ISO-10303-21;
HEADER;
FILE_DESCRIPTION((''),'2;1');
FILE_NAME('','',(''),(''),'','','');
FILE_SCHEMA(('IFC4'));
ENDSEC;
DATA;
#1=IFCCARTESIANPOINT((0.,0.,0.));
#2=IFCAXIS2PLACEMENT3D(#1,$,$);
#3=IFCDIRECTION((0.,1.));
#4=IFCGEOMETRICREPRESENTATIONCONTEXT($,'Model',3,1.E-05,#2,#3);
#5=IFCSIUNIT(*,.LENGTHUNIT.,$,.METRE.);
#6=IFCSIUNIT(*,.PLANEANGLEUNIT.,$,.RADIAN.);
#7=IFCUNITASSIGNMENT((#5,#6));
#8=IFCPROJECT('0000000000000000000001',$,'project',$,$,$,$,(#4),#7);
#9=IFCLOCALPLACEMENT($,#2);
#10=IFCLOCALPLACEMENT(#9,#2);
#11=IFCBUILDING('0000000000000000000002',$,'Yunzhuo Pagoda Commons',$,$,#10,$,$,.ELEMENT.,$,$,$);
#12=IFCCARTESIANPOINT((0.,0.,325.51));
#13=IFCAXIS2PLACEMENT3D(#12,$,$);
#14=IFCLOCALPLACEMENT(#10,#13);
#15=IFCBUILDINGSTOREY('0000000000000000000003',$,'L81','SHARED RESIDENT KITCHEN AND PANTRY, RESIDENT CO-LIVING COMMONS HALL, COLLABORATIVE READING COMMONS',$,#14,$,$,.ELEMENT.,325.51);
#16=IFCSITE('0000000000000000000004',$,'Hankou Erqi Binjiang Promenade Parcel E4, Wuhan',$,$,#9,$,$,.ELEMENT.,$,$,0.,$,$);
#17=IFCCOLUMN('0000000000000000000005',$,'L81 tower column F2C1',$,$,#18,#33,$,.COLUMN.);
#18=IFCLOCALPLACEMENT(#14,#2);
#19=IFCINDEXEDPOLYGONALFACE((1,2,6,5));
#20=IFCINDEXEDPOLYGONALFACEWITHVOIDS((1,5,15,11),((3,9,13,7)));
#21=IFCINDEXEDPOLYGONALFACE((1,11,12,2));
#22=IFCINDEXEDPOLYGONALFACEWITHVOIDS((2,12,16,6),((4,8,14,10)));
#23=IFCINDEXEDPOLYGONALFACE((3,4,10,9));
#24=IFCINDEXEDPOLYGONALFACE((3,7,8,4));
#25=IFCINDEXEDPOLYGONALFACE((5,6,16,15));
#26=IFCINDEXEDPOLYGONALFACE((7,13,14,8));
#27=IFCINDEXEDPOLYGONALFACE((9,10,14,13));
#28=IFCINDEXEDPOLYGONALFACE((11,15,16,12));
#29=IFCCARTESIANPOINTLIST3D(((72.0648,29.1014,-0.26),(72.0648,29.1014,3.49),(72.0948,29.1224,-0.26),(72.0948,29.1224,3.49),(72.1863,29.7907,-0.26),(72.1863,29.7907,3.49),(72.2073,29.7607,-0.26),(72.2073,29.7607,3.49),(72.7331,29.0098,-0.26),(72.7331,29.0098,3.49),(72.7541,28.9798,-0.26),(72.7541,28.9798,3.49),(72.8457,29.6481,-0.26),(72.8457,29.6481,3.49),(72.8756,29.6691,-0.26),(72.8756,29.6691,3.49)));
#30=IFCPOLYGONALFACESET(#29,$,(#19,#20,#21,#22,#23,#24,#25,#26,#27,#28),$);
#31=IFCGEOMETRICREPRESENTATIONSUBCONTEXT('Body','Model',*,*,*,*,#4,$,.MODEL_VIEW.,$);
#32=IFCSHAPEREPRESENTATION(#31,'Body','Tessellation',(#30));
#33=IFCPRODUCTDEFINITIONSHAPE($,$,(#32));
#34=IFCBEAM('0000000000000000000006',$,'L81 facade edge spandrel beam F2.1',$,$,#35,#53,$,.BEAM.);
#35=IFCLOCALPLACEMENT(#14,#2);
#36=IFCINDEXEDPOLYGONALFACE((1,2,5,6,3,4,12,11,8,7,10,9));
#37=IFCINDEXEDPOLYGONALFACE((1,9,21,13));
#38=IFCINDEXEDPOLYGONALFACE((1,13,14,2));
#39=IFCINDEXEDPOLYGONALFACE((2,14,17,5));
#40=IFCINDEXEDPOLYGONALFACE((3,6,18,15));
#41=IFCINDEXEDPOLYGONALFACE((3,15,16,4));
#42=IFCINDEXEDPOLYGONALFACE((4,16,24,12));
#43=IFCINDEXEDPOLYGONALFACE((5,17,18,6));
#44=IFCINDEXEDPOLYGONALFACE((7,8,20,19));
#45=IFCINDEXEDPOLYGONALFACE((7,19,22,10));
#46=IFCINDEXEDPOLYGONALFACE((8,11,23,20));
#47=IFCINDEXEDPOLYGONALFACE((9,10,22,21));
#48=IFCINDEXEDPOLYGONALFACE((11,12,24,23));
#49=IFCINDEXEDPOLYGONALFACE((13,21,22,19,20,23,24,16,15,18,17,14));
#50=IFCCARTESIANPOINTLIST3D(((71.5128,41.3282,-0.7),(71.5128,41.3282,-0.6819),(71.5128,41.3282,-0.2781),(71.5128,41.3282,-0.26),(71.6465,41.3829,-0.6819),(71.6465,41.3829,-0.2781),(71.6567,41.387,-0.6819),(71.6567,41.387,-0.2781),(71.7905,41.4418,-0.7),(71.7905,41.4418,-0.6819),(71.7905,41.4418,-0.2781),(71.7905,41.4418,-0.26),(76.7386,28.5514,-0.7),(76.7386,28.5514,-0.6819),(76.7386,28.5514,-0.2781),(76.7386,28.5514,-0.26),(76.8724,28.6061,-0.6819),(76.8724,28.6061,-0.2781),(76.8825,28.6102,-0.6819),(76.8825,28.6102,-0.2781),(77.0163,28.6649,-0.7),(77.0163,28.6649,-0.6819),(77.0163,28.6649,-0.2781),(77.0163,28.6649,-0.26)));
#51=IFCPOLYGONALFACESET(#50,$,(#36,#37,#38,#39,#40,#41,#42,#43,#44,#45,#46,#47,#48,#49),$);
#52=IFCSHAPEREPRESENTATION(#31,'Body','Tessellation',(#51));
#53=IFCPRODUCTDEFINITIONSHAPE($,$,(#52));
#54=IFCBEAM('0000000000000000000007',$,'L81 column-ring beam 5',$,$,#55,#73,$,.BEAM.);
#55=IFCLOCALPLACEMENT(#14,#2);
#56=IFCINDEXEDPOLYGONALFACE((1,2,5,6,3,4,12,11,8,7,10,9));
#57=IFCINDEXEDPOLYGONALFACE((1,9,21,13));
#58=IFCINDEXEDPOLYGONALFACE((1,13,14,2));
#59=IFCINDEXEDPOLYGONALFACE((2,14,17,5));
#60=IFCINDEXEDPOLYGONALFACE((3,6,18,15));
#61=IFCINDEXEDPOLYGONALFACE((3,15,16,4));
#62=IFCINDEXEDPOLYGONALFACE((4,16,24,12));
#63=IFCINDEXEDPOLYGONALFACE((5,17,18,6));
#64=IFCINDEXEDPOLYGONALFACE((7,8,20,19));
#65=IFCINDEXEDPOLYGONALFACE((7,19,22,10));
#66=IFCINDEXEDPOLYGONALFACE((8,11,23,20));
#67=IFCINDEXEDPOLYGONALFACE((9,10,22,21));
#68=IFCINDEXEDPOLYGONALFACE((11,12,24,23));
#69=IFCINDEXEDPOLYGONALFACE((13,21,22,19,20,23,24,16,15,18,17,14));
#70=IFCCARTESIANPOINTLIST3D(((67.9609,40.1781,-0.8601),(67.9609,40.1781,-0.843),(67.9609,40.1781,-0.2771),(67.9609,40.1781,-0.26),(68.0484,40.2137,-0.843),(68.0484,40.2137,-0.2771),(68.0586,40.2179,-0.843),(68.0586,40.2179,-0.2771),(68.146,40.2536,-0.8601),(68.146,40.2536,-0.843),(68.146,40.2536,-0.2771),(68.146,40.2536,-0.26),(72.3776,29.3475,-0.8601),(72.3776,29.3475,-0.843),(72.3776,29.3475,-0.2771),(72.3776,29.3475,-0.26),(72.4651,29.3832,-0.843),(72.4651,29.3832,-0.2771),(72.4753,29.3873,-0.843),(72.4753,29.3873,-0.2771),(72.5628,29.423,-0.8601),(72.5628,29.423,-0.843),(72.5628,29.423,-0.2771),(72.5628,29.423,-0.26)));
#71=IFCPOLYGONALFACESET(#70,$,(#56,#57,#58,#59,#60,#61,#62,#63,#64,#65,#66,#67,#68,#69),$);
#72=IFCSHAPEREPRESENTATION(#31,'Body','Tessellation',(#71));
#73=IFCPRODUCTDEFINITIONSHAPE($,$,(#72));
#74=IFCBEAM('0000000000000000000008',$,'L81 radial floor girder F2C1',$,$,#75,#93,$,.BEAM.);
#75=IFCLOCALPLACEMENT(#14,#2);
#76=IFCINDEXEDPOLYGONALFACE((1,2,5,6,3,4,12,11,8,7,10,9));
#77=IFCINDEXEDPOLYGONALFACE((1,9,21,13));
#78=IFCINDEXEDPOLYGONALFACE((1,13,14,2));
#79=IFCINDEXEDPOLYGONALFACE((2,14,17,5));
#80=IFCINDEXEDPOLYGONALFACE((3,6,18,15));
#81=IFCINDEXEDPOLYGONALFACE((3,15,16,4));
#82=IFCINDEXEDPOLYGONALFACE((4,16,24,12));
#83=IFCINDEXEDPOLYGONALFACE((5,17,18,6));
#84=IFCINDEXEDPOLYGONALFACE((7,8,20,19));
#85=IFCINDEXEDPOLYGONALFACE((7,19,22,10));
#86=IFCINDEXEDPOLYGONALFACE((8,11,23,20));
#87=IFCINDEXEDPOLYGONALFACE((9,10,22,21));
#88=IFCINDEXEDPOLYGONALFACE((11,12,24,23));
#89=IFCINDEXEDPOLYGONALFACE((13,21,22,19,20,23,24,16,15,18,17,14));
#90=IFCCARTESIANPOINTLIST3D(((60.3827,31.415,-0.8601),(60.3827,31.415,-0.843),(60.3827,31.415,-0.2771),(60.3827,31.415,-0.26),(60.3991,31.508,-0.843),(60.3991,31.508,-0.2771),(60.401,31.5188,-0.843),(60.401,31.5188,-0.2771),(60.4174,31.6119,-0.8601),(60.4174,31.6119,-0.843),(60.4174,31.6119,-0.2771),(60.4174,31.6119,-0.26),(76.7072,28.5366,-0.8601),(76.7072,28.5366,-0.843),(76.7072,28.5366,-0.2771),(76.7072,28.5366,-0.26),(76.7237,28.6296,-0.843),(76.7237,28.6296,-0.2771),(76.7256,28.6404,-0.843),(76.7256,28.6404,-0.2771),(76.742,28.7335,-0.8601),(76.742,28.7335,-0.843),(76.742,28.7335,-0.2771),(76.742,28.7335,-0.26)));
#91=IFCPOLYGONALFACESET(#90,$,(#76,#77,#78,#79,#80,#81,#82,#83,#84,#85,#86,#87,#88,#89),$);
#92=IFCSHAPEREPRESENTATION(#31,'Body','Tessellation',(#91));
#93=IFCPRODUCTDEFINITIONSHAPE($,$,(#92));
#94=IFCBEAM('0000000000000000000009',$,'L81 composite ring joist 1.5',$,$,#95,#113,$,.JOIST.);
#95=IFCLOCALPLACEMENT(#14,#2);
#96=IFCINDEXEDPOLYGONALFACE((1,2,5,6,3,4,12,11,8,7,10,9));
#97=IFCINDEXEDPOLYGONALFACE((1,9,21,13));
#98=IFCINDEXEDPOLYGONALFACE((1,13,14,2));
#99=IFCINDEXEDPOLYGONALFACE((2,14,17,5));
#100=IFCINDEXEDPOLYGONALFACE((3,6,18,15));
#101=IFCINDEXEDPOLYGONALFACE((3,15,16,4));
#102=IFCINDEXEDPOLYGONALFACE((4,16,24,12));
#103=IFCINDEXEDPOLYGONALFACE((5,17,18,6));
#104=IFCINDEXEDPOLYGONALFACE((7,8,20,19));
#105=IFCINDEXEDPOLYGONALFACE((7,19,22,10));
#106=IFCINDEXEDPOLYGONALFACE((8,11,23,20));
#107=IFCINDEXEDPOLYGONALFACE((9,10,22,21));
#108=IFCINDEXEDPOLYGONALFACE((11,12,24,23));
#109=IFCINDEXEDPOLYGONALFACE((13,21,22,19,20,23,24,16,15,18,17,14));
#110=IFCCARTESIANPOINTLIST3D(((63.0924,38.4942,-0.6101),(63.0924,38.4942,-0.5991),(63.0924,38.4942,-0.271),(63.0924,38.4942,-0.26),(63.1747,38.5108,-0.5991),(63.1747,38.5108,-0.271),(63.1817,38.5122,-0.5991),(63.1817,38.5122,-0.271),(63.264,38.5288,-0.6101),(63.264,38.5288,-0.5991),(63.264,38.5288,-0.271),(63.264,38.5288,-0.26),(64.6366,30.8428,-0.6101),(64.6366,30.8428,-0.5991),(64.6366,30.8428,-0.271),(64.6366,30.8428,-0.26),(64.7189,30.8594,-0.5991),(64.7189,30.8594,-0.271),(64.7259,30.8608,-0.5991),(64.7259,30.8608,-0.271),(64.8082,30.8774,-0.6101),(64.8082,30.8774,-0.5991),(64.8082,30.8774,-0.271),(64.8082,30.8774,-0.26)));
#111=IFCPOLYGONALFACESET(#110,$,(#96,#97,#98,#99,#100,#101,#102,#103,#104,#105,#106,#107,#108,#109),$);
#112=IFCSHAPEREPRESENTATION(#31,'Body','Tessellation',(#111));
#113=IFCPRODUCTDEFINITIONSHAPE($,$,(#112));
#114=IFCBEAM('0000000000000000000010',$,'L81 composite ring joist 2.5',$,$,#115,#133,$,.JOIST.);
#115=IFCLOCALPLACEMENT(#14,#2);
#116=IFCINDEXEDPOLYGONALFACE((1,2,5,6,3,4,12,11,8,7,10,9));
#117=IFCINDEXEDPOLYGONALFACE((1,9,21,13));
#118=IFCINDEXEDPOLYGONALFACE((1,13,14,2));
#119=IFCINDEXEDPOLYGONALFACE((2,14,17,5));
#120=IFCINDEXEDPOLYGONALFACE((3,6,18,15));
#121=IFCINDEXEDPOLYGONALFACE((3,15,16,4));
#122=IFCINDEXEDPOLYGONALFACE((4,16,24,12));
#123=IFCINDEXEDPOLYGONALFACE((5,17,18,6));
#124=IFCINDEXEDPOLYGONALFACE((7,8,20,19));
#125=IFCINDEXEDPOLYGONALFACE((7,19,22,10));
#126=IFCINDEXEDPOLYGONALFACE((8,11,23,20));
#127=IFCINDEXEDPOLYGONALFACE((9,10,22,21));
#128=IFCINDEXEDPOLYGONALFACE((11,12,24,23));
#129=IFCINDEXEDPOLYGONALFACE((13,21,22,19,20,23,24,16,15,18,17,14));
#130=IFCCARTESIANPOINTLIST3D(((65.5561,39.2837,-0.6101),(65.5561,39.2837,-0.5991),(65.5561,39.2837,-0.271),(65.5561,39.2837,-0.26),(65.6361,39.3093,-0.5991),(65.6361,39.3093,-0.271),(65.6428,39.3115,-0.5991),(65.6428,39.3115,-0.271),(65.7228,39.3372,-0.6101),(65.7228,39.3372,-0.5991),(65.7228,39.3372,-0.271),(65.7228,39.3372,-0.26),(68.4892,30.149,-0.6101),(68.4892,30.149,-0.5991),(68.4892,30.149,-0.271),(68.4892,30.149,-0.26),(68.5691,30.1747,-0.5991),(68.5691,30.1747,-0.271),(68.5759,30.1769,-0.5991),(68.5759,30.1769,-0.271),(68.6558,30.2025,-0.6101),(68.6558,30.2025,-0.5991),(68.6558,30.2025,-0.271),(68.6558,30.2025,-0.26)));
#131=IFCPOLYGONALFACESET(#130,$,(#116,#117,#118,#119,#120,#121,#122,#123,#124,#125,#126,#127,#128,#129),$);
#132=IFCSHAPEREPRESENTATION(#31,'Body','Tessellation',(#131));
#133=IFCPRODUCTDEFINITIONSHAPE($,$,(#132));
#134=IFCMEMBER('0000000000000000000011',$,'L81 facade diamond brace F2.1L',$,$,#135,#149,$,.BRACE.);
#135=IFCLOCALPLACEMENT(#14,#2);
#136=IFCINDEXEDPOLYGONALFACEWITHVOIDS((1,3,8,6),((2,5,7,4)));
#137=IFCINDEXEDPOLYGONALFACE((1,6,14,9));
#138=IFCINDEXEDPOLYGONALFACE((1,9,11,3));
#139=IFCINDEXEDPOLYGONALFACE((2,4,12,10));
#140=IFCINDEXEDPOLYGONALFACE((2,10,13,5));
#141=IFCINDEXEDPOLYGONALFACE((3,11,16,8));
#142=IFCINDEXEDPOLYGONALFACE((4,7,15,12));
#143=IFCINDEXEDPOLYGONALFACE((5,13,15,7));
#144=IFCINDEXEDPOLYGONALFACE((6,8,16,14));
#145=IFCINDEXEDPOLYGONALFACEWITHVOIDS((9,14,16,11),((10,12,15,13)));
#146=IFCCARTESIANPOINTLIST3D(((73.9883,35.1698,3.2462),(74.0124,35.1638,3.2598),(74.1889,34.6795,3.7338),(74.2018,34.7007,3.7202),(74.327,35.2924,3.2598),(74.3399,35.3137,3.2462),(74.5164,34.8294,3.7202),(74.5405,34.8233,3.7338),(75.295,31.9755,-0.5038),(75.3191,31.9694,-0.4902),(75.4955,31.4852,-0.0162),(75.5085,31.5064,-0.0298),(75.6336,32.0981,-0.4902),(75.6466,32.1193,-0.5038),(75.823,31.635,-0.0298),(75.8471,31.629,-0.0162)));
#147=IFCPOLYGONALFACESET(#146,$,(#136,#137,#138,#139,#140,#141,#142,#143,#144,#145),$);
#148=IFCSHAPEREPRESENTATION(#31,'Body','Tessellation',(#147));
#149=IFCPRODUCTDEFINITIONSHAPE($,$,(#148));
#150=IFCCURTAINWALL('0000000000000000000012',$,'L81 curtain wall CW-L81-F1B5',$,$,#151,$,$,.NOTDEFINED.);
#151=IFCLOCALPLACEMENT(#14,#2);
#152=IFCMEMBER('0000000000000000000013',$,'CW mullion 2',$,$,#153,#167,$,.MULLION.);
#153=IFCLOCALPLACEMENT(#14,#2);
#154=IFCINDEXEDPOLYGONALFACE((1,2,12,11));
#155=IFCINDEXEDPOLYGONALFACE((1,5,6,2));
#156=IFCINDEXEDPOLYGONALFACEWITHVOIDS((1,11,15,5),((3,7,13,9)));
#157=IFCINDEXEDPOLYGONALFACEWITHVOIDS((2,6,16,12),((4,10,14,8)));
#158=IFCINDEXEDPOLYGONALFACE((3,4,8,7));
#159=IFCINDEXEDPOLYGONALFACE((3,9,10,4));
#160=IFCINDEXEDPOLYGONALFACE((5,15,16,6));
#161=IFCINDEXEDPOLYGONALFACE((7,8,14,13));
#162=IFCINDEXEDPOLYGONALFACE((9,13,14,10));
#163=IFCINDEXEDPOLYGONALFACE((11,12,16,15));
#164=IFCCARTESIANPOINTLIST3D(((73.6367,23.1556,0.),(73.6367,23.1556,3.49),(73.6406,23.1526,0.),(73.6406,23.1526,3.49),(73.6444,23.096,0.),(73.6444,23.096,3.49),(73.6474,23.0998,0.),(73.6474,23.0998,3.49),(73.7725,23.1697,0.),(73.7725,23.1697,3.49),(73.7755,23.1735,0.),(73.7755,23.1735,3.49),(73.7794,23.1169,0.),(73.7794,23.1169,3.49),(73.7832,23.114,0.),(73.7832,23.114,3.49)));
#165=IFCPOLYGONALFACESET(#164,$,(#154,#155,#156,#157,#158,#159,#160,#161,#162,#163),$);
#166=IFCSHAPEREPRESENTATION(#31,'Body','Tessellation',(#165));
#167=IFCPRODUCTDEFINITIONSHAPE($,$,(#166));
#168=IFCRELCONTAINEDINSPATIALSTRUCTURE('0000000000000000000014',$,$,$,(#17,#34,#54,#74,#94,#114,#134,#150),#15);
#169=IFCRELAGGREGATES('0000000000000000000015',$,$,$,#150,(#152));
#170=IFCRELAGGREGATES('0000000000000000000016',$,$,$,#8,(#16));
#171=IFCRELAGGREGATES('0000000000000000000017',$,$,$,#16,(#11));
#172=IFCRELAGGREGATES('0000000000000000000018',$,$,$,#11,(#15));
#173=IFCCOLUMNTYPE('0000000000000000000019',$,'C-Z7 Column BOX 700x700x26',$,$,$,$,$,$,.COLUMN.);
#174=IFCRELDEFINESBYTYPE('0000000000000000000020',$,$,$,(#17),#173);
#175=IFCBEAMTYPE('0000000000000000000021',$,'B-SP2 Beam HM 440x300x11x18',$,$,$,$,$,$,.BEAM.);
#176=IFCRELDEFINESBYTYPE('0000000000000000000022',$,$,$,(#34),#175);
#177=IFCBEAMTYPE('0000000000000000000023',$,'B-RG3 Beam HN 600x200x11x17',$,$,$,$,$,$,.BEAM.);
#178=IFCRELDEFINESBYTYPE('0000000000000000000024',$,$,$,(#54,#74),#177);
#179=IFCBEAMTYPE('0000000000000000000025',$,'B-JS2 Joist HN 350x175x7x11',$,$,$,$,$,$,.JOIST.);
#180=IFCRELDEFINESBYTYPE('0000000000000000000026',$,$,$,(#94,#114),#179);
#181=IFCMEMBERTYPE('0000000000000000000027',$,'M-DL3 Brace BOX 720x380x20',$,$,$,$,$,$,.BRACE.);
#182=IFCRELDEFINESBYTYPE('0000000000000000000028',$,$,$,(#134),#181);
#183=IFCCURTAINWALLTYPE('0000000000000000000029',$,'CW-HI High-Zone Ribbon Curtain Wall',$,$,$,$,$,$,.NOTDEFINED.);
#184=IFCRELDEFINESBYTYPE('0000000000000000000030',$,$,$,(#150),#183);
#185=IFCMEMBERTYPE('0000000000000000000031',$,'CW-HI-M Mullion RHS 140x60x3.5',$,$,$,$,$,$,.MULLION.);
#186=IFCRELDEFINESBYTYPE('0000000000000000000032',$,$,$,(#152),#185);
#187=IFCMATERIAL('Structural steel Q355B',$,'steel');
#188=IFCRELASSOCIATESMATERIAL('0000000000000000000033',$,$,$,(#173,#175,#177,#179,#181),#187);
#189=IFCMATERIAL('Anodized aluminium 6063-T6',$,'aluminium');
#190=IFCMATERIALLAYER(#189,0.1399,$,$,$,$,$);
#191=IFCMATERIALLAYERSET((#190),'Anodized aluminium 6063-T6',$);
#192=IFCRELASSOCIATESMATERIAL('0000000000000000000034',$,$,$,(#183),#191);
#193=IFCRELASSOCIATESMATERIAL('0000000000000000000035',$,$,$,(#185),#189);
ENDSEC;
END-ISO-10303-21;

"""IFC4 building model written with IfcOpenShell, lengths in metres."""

from ifc_helpers import new_model, si_unit, direction, frame, origin, origin_2d, place, context, subcontext, project, spatial, hollow_rectangle, i_section, extrude, source, transform, mapped, material, layer, layer_set, material_profile, profile_set, type_object, element, aggregate, save


model = new_model("IFC4")

# Units and contexts
model_context = context("Model", 3, precision=1e-05, world=origin(), true_north=direction((0.0, 1.0)))
body_context = subcontext(model_context, "Body", "Model", "MODEL_VIEW")
ifc_project = project(units=[si_unit("LENGTHUNIT", "METRE"), si_unit("PLANEANGLEUNIT", "RADIAN")], contexts=[model_context])

# Site, building, storey
site_placement = place(None, origin())
site = spatial("IfcSite", under=ifc_project, at=site_placement, Name="Hankou Erqi Binjiang Promenade Parcel E4, Wuhan", CompositionType="ELEMENT", RefElevation=0.0)
building_placement = place(site_placement, origin())
building = spatial("IfcBuilding", under=site, at=building_placement, Name="Yunzhuo Pagoda Commons", CompositionType="ELEMENT")
storey_placement = place(building_placement, frame((0.0, 0.0, 325.51)))
storey = spatial("IfcBuildingStorey", under=building, at=storey_placement, Name="L81", Description="SHARED RESIDENT KITCHEN AND PANTRY, RESIDENT CO-LIVING COMMONS HALL, COLLABORATIVE READING COMMONS", CompositionType="ELEMENT", Elevation=325.51)

# Column
ifc_material_1 = material(Name="Structural steel Q355B", Category="steel")
ifc_material_profile_1 = material_profile(ifc_material_1, hollow_rectangle(XDim=0.7, YDim=0.7, WallThickness=0.0259, at=origin_2d()), Name="Structural steel Q355B")
ifc_profile_set_1 = profile_set([ifc_material_profile_1], Name="Structural steel Q355B")
column_type = type_object("IfcColumnType", Name="C-Z7 Column BOX 700x700x26", PredefinedType="COLUMN", material=ifc_profile_set_1)
shared_shape_1 = source(origin(), body_context, "Body", "SweptSolid", [
    extrude(hollow_rectangle(XDim=0.7, YDim=0.7, WallThickness=0.0259, at=origin_2d()), origin(), (0.0, 0.0, 1.0), 3.75),
])
column_placement = place(storey_placement, frame((72.4702, 29.3853, -0.26), z_axis=(0.0, 0.0, 1.0), x_axis=(0.173648, 0.984808, 0.0)))
element("IfcColumn", 1, at=column_placement, inside=storey, type_object=column_type, Name="L81 tower column F2C1", PredefinedType="COLUMN", context=body_context, shape_type="MappedRepresentation", body=[
    mapped(shared_shape_1, transform((0.0, 0.0, 0.0), scale=1.0)),
])

# Beams
ifc_material_profile_2 = material_profile(ifc_material_1, i_section(OverallWidth=0.3, OverallDepth=0.4399, WebThickness=0.011, FlangeThickness=0.0181, at=origin_2d()), Name="Structural steel Q355B")
ifc_profile_set_2 = profile_set([ifc_material_profile_2], Name="Structural steel Q355B")
beam_type_1 = type_object("IfcBeamType", Name="B-SP2 Beam HM 440x300x11x18", PredefinedType="BEAM", material=ifc_profile_set_2)
shared_shape_2 = source(origin(), body_context, "Body", "SweptSolid", [
    extrude(i_section(OverallWidth=0.3, OverallDepth=0.4399, WebThickness=0.011, FlangeThickness=0.0181, at=origin_2d()), origin(), (0.0, 0.0, 1.0), 13.8042),
])
beam_1_placement = place(storey_placement, frame((76.8774, 28.6082, -0.48), z_axis=(-0.378567, 0.925574, 0.0), x_axis=(-0.925574, -0.378567, 0.0)))
element("IfcBeam", 2, at=beam_1_placement, inside=storey, type_object=beam_type_1, Name="L81 facade edge spandrel beam F2.1", PredefinedType="BEAM", context=body_context, shape_type="MappedRepresentation", body=[
    mapped(shared_shape_2, transform((0.0, 0.0, 0.0), scale=1.0)),
])
ifc_material_profile_3 = material_profile(ifc_material_1, i_section(OverallWidth=0.2, OverallDepth=0.6001, WebThickness=0.011, FlangeThickness=0.0171, at=origin_2d()), Name="Structural steel Q355B")
ifc_profile_set_3 = profile_set([ifc_material_profile_3], Name="Structural steel Q355B")
beam_type_2 = type_object("IfcBeamType", Name="B-RG3 Beam HN 600x200x11x17", PredefinedType="BEAM", material=ifc_profile_set_3)
shared_shape_3 = source(origin(), body_context, "Body", "SweptSolid", [
    extrude(i_section(OverallWidth=0.2, OverallDepth=0.6001, WebThickness=0.011, FlangeThickness=0.0171, at=origin_2d()), origin(), (0.0, 0.0, 1.0), 11.6965),
])
beam_2_placement = place(storey_placement, frame((72.4702, 29.3853, -0.5601), z_axis=(-0.377612, 0.925964, 0.0), x_axis=(-0.925964, -0.377612, 0.0)))
element("IfcBeam", 3, at=beam_2_placement, inside=storey, type_object=beam_type_2, Name="L81 column-ring beam 5", PredefinedType="BEAM", context=body_context, shape_type="MappedRepresentation", body=[
    mapped(shared_shape_3, transform((0.0, 0.0, 0.0), scale=1.0)),
])
shared_shape_4 = source(origin(), body_context, "Body", "SweptSolid", [
    extrude(i_section(OverallWidth=0.2, OverallDepth=0.6001, WebThickness=0.011, FlangeThickness=0.0171, at=origin_2d()), origin(), (0.0, 0.0, 1.0), 16.5764),
])
beam_3_placement = place(storey_placement, frame((76.7246, 28.635, -0.5601), z_axis=(-0.984808, 0.173644, 0.0), x_axis=(-0.173644, -0.984808, 0.0)))
element("IfcBeam", 4, at=beam_3_placement, inside=storey, type_object=beam_type_2, Name="L81 radial floor girder F2C1", PredefinedType="BEAM", context=body_context, shape_type="MappedRepresentation", body=[
    mapped(shared_shape_4, transform((0.0, 0.0, 0.0), scale=1.0)),
])
ifc_material_profile_4 = material_profile(ifc_material_1, i_section(OverallWidth=0.175, OverallDepth=0.3501, WebThickness=0.0071, FlangeThickness=0.011, at=origin_2d()), Name="Structural steel Q355B")
ifc_profile_set_4 = profile_set([ifc_material_profile_4], Name="Structural steel Q355B")
beam_type_3 = type_object("IfcBeamType", Name="B-JS2 Joist HN 350x175x7x11", PredefinedType="JOIST", material=ifc_profile_set_4)
shared_shape_5 = source(origin(), body_context, "Body", "SweptSolid", [
    extrude(i_section(OverallWidth=0.175, OverallDepth=0.3501, WebThickness=0.0071, FlangeThickness=0.011, at=origin_2d()), origin(), (0.0, 0.0, 1.0), 7.8057),
])
beam_4_placement = place(storey_placement, frame((64.7224, 30.8601, -0.4351), z_axis=(-0.19783, 0.980236, 0.0), x_axis=(-0.980236, -0.19783, 0.0)))
element("IfcBeam", 5, at=beam_4_placement, inside=storey, type_object=beam_type_3, Name="L81 composite ring joist 1.5", PredefinedType="JOIST", context=body_context, shape_type="MappedRepresentation", body=[
    mapped(shared_shape_5, transform((0.0, 0.0, 0.0), scale=1.0)),
])
shared_shape_6 = source(origin(), body_context, "Body", "SweptSolid", [
    extrude(i_section(OverallWidth=0.175, OverallDepth=0.3501, WebThickness=0.0071, FlangeThickness=0.011, at=origin_2d()), origin(), (0.0, 0.0, 1.0), 9.594),
])
beam_5_placement = place(storey_placement, frame((68.5725, 30.1758, -0.4351), z_axis=(-0.305719, 0.952122, 0.0), x_axis=(-0.952122, -0.305719, 0.0)))
element("IfcBeam", 6, at=beam_5_placement, inside=storey, type_object=beam_type_3, Name="L81 composite ring joist 2.5", PredefinedType="JOIST", context=body_context, shape_type="MappedRepresentation", body=[
    mapped(shared_shape_6, transform((0.0, 0.0, 0.0), scale=1.0)),
])

# Member
ifc_material_profile_5 = material_profile(ifc_material_1, hollow_rectangle(XDim=0.3799, YDim=0.72, WallThickness=0.02, at=origin_2d()), Name="Structural steel Q355B")
ifc_profile_set_5 = profile_set([ifc_material_profile_5], Name="Structural steel Q355B")
member_type_1 = type_object("IfcMemberType", Name="M-DL3 Brace BOX 720x380x20", PredefinedType="BRACE", material=ifc_profile_set_5)
shared_shape_7 = source(origin(), body_context, "Body", "SweptSolid", [
    extrude(hollow_rectangle(XDim=0.3799, YDim=0.72, WallThickness=0.02, at=origin_2d()), origin(), (0.0, 0.0, 1.0), 5.0964),
])
member_1_placement = place(storey_placement, frame((75.571, 31.8022, -0.26), z_axis=(-0.256384, 0.626779, 0.735809), x_axis=(-0.92556, -0.3786, 0.0)))
element("IfcMember", 7, at=member_1_placement, inside=storey, type_object=member_type_1, Name="L81 facade diamond brace F2.1L", PredefinedType="BRACE", context=body_context, shape_type="MappedRepresentation", body=[
    mapped(shared_shape_7, transform((0.0, 0.0, 0.0), scale=1.0)),
])

# Curtain wall, member
ifc_material_2 = material(Name="Anodized aluminium 6063-T6", Category="aluminium")
ifc_layer_1 = layer(ifc_material_2, 0.1399)
ifc_layer_set_1 = layer_set([ifc_layer_1], Name="Anodized aluminium 6063-T6")
curtain_wall_type = type_object("IfcCurtainWallType", Name="CW-HI High-Zone Ribbon Curtain Wall", PredefinedType="NOTDEFINED", material=ifc_layer_set_1)
curtain_wall_1_placement = place(storey_placement, origin())
curtain_wall_1 = element("IfcCurtainWall", 8, at=curtain_wall_1_placement, inside=storey, type_object=curtain_wall_type, Name="L81 curtain wall CW-L81-F1B5", PredefinedType="NOTDEFINED")
ifc_material_profile_6 = material_profile(ifc_material_2, hollow_rectangle(XDim=0.0601, YDim=0.1399, WallThickness=0.0034, at=origin_2d()), Name="Anodized aluminium 6063-T6")
ifc_profile_set_6 = profile_set([ifc_material_profile_6], Name="Anodized aluminium 6063-T6")
member_type_2 = type_object("IfcMemberType", Name="CW-HI-M Mullion RHS 140x60x3.5", PredefinedType="MULLION", material=ifc_profile_set_6)
shared_shape_8 = source(origin(), body_context, "Body", "SweptSolid", [
    extrude(hollow_rectangle(XDim=0.0601, YDim=0.1399, WallThickness=0.0034, at=origin_2d()), origin(), (0.0, 0.0, 1.0), 3.49),
])
member_2_placement = place(storey_placement, frame((73.71, 23.1348, 0.0), z_axis=(0.0, 0.0, 1.0), x_axis=(-0.128276, 0.991739, 0.0)))
member_2 = element("IfcMember", 9, at=member_2_placement, type_object=member_type_2, Name="CW mullion 2", PredefinedType="MULLION", context=body_context, shape_type="MappedRepresentation", body=[
    mapped(shared_shape_8, transform((0.0, 0.0, 0.0), scale=1.0)),
])

aggregate(curtain_wall_1, [member_2])

save(model, "model.ifc")
